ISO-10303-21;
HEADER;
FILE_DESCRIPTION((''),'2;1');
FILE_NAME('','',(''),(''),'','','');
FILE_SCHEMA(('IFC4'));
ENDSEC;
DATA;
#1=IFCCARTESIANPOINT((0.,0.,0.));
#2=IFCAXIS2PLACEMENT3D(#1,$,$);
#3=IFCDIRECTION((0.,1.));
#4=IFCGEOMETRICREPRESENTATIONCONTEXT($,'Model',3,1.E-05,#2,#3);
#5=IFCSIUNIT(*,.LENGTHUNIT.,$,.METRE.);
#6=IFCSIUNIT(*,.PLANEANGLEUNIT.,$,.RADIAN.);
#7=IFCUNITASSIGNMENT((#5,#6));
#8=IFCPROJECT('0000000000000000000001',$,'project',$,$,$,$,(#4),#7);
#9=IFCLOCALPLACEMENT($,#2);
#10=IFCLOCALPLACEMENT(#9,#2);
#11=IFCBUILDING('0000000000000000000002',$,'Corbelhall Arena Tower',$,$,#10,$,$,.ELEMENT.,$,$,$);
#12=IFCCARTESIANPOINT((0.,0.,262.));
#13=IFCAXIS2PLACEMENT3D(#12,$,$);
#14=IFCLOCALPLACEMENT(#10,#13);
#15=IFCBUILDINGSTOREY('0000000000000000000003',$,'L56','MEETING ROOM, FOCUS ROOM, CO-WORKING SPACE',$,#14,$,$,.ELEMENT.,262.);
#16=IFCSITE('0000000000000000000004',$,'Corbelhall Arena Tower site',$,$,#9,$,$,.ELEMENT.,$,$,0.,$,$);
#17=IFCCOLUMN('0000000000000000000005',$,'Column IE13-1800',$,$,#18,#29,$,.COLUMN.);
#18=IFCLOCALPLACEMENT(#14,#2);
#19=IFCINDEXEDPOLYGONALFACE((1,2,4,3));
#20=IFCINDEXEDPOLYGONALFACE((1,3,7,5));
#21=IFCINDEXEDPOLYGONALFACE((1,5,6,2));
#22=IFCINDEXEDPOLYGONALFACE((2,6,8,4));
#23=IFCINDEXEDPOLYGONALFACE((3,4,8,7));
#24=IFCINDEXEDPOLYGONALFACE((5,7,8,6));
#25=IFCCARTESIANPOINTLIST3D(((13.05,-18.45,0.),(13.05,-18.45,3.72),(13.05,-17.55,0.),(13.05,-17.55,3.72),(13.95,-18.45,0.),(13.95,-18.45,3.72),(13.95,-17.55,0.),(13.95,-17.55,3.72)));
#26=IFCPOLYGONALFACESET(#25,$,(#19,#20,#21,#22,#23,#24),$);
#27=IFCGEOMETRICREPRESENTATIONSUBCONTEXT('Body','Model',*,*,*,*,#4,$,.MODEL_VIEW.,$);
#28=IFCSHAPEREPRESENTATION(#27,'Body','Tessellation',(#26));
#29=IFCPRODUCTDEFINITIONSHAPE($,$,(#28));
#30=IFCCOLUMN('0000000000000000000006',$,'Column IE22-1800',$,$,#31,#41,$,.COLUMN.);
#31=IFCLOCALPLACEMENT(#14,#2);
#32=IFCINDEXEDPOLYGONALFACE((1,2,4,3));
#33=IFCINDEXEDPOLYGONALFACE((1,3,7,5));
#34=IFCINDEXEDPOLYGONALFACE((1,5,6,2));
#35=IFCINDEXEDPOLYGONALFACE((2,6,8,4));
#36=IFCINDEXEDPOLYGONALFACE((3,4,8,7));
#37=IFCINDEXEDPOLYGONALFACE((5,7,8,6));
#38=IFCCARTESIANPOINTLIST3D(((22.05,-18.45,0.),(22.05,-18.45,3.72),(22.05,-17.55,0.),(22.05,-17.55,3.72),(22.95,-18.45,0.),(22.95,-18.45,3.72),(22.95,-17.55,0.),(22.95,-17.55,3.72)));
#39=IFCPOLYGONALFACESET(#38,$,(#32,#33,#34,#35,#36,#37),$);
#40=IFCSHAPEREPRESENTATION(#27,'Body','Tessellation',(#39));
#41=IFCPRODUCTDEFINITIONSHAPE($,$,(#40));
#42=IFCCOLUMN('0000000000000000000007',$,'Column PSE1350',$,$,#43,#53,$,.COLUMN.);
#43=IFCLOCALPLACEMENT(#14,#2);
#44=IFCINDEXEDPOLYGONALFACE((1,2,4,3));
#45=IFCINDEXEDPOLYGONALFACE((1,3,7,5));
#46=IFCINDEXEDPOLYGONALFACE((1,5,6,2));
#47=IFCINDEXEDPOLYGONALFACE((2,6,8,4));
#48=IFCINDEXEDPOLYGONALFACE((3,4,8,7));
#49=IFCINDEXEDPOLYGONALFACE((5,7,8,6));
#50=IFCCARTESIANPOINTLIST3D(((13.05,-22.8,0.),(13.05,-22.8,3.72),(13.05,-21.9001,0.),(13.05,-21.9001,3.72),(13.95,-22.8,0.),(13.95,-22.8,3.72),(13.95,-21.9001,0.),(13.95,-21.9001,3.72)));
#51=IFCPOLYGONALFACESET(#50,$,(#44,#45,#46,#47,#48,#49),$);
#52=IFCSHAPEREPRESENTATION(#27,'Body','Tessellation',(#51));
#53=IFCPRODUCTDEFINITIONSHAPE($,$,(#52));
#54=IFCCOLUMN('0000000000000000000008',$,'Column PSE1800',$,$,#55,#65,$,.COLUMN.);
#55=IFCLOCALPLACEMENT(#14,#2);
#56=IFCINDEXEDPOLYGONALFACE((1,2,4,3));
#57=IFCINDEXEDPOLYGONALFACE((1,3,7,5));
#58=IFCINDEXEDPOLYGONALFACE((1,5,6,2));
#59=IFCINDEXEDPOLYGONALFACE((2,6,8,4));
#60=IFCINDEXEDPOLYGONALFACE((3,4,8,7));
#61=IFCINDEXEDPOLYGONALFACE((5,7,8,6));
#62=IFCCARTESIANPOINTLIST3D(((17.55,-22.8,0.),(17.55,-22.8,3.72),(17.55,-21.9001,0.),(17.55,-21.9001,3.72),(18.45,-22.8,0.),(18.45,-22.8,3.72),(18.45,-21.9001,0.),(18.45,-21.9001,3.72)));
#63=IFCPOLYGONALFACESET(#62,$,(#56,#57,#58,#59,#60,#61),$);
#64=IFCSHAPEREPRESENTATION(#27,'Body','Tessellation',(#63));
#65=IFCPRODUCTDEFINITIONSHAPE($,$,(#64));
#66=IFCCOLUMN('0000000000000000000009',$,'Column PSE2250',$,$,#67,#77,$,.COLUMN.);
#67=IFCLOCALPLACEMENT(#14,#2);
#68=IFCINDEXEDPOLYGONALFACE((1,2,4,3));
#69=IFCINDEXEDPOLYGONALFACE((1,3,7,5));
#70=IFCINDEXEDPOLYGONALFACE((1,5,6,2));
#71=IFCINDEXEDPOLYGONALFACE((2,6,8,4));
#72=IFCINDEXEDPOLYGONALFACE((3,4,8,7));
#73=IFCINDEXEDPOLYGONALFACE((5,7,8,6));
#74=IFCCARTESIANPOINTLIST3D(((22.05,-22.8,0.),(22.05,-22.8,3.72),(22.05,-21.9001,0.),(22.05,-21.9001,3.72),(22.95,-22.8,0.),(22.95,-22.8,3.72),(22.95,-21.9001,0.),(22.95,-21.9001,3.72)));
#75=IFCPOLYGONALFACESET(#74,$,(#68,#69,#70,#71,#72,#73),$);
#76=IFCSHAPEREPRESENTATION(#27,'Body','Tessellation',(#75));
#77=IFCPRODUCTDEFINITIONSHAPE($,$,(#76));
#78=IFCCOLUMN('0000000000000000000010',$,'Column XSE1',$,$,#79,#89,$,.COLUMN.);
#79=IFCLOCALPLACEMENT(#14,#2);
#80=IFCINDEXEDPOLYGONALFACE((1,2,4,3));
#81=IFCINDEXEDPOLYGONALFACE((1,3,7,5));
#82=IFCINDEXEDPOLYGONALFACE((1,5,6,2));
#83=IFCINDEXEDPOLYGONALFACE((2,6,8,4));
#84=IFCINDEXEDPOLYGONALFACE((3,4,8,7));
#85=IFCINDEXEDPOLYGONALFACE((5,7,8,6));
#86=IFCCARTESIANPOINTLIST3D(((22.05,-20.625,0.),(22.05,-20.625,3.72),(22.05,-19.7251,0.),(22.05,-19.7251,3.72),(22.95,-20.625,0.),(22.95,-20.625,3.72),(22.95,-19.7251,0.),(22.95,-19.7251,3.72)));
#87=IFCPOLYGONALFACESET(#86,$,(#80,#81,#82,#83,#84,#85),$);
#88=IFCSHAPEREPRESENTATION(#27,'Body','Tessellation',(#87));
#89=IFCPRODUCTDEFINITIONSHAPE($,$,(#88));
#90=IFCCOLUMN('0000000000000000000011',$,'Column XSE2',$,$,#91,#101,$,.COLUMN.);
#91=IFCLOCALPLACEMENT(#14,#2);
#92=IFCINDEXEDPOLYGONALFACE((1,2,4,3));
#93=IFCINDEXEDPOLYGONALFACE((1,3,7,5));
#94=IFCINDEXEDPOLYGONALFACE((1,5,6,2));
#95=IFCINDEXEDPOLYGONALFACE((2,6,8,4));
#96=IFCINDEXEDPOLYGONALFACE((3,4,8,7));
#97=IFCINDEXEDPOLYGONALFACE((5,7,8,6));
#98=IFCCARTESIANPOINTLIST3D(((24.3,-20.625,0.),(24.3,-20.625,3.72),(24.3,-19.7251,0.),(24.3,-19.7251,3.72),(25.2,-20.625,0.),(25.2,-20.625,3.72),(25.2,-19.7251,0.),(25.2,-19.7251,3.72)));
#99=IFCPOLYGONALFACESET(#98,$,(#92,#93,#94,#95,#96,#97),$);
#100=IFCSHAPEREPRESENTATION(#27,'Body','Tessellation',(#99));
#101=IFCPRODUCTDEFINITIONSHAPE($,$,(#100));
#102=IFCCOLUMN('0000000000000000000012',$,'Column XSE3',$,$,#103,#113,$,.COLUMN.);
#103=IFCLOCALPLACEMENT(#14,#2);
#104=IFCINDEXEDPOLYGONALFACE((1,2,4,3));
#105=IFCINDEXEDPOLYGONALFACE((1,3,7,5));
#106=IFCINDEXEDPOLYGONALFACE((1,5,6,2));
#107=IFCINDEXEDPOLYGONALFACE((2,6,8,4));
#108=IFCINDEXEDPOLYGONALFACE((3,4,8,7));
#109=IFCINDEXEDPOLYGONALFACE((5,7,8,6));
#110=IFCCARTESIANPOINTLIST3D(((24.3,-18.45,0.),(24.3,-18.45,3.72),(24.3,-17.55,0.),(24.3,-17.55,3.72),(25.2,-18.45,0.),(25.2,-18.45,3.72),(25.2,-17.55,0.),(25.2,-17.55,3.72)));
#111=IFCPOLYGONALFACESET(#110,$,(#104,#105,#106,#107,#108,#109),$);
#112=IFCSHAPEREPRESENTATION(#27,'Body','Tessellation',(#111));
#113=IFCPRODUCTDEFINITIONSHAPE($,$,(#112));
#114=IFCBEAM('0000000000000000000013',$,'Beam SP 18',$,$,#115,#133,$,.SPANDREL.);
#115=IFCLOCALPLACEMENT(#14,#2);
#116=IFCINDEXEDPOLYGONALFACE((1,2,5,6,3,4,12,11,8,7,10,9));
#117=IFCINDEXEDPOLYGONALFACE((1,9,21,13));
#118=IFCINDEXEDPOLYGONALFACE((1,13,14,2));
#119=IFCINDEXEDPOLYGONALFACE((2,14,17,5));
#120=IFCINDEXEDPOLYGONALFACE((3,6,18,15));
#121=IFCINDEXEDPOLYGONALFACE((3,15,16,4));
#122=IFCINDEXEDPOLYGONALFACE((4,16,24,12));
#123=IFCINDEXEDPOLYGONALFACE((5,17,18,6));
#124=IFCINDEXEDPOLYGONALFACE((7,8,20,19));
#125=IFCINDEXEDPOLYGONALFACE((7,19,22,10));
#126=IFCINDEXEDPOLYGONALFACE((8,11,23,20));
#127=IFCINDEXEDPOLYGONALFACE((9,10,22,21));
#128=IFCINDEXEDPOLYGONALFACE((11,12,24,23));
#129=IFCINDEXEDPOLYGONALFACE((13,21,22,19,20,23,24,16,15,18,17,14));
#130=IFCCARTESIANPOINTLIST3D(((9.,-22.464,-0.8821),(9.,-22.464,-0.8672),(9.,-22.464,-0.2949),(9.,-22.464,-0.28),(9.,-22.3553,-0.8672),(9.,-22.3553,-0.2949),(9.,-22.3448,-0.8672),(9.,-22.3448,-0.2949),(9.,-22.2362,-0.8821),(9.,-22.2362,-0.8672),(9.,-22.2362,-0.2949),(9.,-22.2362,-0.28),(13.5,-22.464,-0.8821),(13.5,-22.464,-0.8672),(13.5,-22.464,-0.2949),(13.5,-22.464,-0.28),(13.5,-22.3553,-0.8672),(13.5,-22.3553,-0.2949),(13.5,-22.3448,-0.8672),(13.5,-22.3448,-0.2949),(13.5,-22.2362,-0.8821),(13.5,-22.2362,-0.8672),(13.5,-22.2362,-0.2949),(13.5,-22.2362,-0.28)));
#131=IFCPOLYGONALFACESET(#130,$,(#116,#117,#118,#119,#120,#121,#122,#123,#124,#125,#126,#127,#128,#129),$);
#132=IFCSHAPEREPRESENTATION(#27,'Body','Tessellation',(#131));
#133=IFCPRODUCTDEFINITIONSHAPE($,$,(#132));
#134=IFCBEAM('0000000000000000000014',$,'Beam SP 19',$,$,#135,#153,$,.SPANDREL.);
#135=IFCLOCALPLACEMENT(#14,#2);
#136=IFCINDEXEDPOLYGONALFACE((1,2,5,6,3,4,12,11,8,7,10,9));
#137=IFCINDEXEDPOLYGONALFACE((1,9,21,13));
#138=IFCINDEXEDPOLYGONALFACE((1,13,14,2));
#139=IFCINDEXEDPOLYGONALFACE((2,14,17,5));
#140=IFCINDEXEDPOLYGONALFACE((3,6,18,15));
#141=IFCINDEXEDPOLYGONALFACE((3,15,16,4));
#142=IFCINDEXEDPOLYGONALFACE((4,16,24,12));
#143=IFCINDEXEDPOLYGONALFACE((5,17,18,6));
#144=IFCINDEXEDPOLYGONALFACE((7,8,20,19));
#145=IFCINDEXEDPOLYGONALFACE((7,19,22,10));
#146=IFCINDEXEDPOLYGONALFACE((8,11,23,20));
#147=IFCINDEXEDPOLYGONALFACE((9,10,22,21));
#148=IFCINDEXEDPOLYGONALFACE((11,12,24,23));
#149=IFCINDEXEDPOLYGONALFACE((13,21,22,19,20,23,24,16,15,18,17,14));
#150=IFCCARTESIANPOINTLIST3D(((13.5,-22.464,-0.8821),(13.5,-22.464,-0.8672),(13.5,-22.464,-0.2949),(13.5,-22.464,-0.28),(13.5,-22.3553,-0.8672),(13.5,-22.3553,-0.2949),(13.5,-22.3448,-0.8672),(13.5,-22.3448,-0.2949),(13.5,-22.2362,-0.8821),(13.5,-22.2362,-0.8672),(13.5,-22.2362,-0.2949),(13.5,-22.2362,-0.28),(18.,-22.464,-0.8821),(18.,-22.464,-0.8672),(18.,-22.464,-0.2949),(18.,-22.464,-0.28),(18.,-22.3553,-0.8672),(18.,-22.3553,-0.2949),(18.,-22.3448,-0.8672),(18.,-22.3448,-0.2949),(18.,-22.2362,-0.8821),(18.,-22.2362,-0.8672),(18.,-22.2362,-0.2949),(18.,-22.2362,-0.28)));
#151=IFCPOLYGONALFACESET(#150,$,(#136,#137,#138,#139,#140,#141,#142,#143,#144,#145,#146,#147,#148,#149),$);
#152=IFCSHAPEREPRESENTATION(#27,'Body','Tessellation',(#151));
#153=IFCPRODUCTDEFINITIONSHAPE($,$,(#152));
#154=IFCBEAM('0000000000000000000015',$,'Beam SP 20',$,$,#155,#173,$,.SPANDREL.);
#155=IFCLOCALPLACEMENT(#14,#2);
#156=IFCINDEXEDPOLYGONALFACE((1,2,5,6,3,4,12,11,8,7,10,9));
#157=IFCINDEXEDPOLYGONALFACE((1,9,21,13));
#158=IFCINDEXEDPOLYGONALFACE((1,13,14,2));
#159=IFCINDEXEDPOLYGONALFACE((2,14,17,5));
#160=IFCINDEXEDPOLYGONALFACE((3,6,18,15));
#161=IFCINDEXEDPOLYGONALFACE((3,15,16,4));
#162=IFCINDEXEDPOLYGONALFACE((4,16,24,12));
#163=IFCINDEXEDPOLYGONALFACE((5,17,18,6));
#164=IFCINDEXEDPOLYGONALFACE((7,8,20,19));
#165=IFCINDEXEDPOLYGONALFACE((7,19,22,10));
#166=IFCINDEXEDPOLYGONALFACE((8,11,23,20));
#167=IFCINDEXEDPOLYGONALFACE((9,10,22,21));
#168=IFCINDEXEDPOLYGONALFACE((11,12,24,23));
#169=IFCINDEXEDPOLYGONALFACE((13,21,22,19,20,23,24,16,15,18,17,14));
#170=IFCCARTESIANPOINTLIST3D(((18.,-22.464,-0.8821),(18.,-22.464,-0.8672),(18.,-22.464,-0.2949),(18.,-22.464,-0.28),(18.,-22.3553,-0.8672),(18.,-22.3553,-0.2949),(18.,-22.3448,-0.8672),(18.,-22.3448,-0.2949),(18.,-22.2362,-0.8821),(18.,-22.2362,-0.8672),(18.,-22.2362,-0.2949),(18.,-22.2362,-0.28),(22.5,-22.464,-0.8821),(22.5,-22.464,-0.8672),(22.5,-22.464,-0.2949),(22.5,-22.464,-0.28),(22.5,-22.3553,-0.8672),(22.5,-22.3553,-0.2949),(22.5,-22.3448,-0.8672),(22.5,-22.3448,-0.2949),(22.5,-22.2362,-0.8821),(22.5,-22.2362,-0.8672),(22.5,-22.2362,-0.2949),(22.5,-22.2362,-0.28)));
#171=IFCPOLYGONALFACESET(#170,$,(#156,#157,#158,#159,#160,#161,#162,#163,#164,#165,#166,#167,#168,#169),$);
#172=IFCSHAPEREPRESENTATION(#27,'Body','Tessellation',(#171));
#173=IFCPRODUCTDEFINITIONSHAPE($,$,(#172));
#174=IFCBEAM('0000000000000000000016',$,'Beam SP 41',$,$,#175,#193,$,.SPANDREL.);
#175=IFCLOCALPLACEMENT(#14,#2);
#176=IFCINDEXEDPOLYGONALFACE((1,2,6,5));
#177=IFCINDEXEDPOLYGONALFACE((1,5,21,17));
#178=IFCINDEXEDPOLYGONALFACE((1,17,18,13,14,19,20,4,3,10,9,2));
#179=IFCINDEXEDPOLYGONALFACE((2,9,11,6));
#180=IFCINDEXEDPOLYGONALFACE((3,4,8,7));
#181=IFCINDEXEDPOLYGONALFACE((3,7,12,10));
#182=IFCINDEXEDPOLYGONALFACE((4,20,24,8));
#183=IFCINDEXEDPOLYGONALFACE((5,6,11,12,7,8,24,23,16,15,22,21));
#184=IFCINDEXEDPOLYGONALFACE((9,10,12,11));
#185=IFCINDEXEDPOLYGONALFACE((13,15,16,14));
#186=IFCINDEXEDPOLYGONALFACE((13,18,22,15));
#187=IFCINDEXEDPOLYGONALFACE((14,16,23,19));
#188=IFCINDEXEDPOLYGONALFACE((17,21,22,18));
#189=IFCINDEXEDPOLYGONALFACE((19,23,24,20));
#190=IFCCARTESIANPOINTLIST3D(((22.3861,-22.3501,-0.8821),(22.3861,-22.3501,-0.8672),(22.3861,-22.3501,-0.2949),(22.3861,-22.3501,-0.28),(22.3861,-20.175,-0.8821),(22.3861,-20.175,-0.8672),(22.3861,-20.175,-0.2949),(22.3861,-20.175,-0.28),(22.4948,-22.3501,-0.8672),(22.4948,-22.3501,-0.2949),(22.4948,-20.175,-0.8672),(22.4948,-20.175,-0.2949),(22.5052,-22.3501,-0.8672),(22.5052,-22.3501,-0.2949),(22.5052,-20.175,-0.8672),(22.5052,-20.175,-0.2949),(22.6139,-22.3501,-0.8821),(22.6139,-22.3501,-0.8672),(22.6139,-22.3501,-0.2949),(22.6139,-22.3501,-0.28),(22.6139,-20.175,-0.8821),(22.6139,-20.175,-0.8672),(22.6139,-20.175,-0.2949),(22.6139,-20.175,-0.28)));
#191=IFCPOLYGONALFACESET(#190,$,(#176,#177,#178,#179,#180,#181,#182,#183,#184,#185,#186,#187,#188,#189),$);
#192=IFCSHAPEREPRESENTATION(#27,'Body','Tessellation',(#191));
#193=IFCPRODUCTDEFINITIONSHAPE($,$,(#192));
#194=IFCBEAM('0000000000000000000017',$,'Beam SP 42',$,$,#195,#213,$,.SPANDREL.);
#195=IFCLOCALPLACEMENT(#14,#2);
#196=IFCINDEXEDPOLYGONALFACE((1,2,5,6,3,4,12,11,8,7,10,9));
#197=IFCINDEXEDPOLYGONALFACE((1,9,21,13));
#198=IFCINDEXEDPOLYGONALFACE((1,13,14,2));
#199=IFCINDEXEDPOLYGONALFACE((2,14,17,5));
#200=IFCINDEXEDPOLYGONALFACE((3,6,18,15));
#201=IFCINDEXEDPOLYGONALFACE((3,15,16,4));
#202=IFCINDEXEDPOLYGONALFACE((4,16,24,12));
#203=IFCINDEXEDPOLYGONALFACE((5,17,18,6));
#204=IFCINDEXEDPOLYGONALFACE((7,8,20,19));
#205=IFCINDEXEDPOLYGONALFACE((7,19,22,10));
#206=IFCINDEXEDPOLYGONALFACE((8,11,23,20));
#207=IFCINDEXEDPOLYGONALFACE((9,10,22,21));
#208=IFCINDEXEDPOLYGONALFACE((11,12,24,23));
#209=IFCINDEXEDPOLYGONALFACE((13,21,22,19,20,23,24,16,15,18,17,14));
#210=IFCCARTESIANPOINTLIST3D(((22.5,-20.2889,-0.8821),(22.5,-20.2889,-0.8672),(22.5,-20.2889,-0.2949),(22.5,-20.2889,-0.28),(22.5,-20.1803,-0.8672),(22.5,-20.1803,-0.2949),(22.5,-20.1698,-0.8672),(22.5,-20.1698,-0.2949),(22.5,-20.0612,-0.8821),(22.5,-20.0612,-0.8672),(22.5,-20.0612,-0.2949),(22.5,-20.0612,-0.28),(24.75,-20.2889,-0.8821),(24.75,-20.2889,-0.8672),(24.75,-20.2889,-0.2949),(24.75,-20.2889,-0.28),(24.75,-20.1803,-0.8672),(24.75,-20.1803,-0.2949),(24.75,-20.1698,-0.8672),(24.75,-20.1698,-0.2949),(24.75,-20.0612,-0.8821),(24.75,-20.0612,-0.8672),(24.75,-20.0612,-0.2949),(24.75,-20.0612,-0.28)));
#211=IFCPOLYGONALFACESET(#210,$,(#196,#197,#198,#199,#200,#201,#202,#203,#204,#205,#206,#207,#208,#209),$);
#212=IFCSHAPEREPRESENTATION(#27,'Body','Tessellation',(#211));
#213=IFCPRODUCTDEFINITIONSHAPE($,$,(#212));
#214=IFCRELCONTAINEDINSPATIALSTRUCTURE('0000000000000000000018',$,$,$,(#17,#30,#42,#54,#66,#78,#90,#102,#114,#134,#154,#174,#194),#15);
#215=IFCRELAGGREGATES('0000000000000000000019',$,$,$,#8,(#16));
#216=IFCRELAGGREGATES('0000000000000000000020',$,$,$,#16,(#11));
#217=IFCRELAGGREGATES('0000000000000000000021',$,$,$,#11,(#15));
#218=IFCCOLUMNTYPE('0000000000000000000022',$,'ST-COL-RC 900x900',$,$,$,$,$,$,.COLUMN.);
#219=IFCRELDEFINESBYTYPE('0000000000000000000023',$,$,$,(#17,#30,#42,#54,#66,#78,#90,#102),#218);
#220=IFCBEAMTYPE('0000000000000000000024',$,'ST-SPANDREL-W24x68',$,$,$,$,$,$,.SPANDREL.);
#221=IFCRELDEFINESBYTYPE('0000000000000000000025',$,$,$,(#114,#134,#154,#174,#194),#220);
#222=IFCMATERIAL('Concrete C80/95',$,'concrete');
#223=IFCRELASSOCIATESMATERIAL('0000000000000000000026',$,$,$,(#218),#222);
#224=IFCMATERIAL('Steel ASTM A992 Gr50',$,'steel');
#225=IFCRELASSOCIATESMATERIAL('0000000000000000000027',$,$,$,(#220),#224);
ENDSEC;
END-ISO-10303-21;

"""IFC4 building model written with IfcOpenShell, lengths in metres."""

from ifc_helpers import new_model, si_unit, direction, frame, origin, origin_2d, place, context, subcontext, project, spatial, rectangle, i_section, extrude, material, material_profile, profile_set, type_object, element, save


model = new_model("IFC4")

# Units and contexts
model_context = context("Model", 3, precision=1e-05, world=origin(), true_north=direction((0.0, 1.0)))
body_context = subcontext(model_context, "Body", "Model", "MODEL_VIEW")
ifc_project = project(units=[si_unit("LENGTHUNIT", "METRE"), si_unit("PLANEANGLEUNIT", "RADIAN")], contexts=[model_context])

# Site, building, storey
site_placement = place(None, origin())
site = spatial("IfcSite", under=ifc_project, at=site_placement, Name="Corbelhall Arena Tower site", CompositionType="ELEMENT", RefElevation=0.0)
building_placement = place(site_placement, origin())
building = spatial("IfcBuilding", under=site, at=building_placement, Name="Corbelhall Arena Tower", CompositionType="ELEMENT")
storey_placement = place(building_placement, frame((0.0, 0.0, 262.0)))
storey = spatial("IfcBuildingStorey", under=building, at=storey_placement, Name="L56", Description="MEETING ROOM, FOCUS ROOM, CO-WORKING SPACE", CompositionType="ELEMENT", Elevation=262.0)

# Columns
ifc_material_1 = material(Name="Concrete C80/95", Category="concrete")
ifc_material_profile_1 = material_profile(ifc_material_1, rectangle(XDim=0.8999, YDim=0.8999, at=origin_2d()))
ifc_profile_set_1 = profile_set([ifc_material_profile_1], Name="Concrete C80/95")
column_type = type_object("IfcColumnType", Name="ST-COL-RC 900x900", PredefinedType="COLUMN", material=ifc_profile_set_1)
for number, where, z_axis, x_axis, name in (
    (1, (13.5, -18.0, 0.0), (0.0, 0.0, 1.0), (1.0, 0.0, 0.0), "Column IE13-1800"),
    (2, (22.5, -18.0, 0.0), (0.0, 0.0, 1.0), (1.0, 0.0, 0.0), "Column IE22-1800"),
    (3, (13.5, -22.3501, 0.0), (0.0, 0.0, 1.0), (1.0, 0.0, 0.0), "Column PSE1350"),
    (4, (18.0, -22.3501, 0.0), (0.0, 0.0, 1.0), (1.0, 0.0, 0.0), "Column PSE1800"),
    (5, (22.5, -22.3501, 0.0), (0.0, 0.0, 1.0), (1.0, 0.0, 0.0), "Column PSE2250"),
    (6, (22.5, -20.175, 0.0), (0.0, 0.0, 1.0), (1.0, 0.0, 0.0), "Column XSE1"),
    (7, (24.75, -20.175, 0.0), (0.0, 0.0, 1.0), (1.0, 0.0, 0.0), "Column XSE2"),
    (8, (24.75, -18.0, 0.0), (0.0, 0.0, 1.0), (1.0, 0.0, 0.0), "Column XSE3"),
):
    element("IfcColumn", number, at=place(storey_placement, frame(where, z_axis=z_axis, x_axis=x_axis)), inside=storey, type_object=column_type, Name=name, PredefinedType="COLUMN", context=body_context, shape_type="SweptSolid", body=[
        extrude(rectangle(XDim=0.8999, YDim=0.8999, at=origin_2d()), origin(), (0.0, 0.0, 1.0), 3.72),
    ])

# Beams
ifc_material_2 = material(Name="Steel ASTM A992 Gr50", Category="steel")
ifc_material_profile_2 = material_profile(ifc_material_2, i_section(OverallWidth=0.2278, OverallDepth=0.6021, WebThickness=0.0105, FlangeThickness=0.0149, at=origin_2d()))
ifc_profile_set_2 = profile_set([ifc_material_profile_2], Name="Steel ASTM A992 Gr50")
beam_type = type_object("IfcBeamType", Name="ST-SPANDREL-W24x68", PredefinedType="SPANDREL", material=ifc_profile_set_2)
for number, where, z_axis, x_axis, name in (
    (9, (13.5, -22.3501, -0.5811), (-1.0, 0.0, 0.0), (0.0, -1.0, 0.0), "Beam SP 18"),
    (10, (18.0, -22.3501, -0.5811), (-1.0, 0.0, 0.0), (0.0, -1.0, 0.0), "Beam SP 19"),
    (11, (22.5, -22.3501, -0.5811), (-1.0, 0.0, 0.0), (0.0, -1.0, 0.0), "Beam SP 20"),
):
    element("IfcBeam", number, at=place(storey_placement, frame(where, z_axis=z_axis, x_axis=x_axis)), inside=storey, type_object=beam_type, Name=name, PredefinedType="SPANDREL", context=body_context, shape_type="SweptSolid", body=[
        extrude(i_section(OverallWidth=0.2278, OverallDepth=0.6021, WebThickness=0.0105, FlangeThickness=0.0149, at=origin_2d()), origin(), (0.0, 0.0, 1.0), 4.5),
    ])
beam_1_placement = place(storey_placement, frame((22.5, -20.175, -0.5811), z_axis=(0.0, -1.0, 0.0), x_axis=(1.0, 0.0, 0.0)))
element("IfcBeam", 12, at=beam_1_placement, inside=storey, type_object=beam_type, Name="Beam SP 41", PredefinedType="SPANDREL", context=body_context, shape_type="SweptSolid", body=[
    extrude(i_section(OverallWidth=0.2278, OverallDepth=0.6021, WebThickness=0.0105, FlangeThickness=0.0149, at=origin_2d()), origin(), (0.0, 0.0, 1.0), 2.175),
])
beam_2_placement = place(storey_placement, frame((24.75, -20.175, -0.5811), z_axis=(-1.0, 0.0, 0.0), x_axis=(0.0, -1.0, 0.0)))
element("IfcBeam", 13, at=beam_2_placement, inside=storey, type_object=beam_type, Name="Beam SP 42", PredefinedType="SPANDREL", context=body_context, shape_type="SweptSolid", body=[
    extrude(i_section(OverallWidth=0.2278, OverallDepth=0.6021, WebThickness=0.0105, FlangeThickness=0.0149, at=origin_2d()), origin(), (0.0, 0.0, 1.0), 2.25),
])

save(model, "model.ifc")
